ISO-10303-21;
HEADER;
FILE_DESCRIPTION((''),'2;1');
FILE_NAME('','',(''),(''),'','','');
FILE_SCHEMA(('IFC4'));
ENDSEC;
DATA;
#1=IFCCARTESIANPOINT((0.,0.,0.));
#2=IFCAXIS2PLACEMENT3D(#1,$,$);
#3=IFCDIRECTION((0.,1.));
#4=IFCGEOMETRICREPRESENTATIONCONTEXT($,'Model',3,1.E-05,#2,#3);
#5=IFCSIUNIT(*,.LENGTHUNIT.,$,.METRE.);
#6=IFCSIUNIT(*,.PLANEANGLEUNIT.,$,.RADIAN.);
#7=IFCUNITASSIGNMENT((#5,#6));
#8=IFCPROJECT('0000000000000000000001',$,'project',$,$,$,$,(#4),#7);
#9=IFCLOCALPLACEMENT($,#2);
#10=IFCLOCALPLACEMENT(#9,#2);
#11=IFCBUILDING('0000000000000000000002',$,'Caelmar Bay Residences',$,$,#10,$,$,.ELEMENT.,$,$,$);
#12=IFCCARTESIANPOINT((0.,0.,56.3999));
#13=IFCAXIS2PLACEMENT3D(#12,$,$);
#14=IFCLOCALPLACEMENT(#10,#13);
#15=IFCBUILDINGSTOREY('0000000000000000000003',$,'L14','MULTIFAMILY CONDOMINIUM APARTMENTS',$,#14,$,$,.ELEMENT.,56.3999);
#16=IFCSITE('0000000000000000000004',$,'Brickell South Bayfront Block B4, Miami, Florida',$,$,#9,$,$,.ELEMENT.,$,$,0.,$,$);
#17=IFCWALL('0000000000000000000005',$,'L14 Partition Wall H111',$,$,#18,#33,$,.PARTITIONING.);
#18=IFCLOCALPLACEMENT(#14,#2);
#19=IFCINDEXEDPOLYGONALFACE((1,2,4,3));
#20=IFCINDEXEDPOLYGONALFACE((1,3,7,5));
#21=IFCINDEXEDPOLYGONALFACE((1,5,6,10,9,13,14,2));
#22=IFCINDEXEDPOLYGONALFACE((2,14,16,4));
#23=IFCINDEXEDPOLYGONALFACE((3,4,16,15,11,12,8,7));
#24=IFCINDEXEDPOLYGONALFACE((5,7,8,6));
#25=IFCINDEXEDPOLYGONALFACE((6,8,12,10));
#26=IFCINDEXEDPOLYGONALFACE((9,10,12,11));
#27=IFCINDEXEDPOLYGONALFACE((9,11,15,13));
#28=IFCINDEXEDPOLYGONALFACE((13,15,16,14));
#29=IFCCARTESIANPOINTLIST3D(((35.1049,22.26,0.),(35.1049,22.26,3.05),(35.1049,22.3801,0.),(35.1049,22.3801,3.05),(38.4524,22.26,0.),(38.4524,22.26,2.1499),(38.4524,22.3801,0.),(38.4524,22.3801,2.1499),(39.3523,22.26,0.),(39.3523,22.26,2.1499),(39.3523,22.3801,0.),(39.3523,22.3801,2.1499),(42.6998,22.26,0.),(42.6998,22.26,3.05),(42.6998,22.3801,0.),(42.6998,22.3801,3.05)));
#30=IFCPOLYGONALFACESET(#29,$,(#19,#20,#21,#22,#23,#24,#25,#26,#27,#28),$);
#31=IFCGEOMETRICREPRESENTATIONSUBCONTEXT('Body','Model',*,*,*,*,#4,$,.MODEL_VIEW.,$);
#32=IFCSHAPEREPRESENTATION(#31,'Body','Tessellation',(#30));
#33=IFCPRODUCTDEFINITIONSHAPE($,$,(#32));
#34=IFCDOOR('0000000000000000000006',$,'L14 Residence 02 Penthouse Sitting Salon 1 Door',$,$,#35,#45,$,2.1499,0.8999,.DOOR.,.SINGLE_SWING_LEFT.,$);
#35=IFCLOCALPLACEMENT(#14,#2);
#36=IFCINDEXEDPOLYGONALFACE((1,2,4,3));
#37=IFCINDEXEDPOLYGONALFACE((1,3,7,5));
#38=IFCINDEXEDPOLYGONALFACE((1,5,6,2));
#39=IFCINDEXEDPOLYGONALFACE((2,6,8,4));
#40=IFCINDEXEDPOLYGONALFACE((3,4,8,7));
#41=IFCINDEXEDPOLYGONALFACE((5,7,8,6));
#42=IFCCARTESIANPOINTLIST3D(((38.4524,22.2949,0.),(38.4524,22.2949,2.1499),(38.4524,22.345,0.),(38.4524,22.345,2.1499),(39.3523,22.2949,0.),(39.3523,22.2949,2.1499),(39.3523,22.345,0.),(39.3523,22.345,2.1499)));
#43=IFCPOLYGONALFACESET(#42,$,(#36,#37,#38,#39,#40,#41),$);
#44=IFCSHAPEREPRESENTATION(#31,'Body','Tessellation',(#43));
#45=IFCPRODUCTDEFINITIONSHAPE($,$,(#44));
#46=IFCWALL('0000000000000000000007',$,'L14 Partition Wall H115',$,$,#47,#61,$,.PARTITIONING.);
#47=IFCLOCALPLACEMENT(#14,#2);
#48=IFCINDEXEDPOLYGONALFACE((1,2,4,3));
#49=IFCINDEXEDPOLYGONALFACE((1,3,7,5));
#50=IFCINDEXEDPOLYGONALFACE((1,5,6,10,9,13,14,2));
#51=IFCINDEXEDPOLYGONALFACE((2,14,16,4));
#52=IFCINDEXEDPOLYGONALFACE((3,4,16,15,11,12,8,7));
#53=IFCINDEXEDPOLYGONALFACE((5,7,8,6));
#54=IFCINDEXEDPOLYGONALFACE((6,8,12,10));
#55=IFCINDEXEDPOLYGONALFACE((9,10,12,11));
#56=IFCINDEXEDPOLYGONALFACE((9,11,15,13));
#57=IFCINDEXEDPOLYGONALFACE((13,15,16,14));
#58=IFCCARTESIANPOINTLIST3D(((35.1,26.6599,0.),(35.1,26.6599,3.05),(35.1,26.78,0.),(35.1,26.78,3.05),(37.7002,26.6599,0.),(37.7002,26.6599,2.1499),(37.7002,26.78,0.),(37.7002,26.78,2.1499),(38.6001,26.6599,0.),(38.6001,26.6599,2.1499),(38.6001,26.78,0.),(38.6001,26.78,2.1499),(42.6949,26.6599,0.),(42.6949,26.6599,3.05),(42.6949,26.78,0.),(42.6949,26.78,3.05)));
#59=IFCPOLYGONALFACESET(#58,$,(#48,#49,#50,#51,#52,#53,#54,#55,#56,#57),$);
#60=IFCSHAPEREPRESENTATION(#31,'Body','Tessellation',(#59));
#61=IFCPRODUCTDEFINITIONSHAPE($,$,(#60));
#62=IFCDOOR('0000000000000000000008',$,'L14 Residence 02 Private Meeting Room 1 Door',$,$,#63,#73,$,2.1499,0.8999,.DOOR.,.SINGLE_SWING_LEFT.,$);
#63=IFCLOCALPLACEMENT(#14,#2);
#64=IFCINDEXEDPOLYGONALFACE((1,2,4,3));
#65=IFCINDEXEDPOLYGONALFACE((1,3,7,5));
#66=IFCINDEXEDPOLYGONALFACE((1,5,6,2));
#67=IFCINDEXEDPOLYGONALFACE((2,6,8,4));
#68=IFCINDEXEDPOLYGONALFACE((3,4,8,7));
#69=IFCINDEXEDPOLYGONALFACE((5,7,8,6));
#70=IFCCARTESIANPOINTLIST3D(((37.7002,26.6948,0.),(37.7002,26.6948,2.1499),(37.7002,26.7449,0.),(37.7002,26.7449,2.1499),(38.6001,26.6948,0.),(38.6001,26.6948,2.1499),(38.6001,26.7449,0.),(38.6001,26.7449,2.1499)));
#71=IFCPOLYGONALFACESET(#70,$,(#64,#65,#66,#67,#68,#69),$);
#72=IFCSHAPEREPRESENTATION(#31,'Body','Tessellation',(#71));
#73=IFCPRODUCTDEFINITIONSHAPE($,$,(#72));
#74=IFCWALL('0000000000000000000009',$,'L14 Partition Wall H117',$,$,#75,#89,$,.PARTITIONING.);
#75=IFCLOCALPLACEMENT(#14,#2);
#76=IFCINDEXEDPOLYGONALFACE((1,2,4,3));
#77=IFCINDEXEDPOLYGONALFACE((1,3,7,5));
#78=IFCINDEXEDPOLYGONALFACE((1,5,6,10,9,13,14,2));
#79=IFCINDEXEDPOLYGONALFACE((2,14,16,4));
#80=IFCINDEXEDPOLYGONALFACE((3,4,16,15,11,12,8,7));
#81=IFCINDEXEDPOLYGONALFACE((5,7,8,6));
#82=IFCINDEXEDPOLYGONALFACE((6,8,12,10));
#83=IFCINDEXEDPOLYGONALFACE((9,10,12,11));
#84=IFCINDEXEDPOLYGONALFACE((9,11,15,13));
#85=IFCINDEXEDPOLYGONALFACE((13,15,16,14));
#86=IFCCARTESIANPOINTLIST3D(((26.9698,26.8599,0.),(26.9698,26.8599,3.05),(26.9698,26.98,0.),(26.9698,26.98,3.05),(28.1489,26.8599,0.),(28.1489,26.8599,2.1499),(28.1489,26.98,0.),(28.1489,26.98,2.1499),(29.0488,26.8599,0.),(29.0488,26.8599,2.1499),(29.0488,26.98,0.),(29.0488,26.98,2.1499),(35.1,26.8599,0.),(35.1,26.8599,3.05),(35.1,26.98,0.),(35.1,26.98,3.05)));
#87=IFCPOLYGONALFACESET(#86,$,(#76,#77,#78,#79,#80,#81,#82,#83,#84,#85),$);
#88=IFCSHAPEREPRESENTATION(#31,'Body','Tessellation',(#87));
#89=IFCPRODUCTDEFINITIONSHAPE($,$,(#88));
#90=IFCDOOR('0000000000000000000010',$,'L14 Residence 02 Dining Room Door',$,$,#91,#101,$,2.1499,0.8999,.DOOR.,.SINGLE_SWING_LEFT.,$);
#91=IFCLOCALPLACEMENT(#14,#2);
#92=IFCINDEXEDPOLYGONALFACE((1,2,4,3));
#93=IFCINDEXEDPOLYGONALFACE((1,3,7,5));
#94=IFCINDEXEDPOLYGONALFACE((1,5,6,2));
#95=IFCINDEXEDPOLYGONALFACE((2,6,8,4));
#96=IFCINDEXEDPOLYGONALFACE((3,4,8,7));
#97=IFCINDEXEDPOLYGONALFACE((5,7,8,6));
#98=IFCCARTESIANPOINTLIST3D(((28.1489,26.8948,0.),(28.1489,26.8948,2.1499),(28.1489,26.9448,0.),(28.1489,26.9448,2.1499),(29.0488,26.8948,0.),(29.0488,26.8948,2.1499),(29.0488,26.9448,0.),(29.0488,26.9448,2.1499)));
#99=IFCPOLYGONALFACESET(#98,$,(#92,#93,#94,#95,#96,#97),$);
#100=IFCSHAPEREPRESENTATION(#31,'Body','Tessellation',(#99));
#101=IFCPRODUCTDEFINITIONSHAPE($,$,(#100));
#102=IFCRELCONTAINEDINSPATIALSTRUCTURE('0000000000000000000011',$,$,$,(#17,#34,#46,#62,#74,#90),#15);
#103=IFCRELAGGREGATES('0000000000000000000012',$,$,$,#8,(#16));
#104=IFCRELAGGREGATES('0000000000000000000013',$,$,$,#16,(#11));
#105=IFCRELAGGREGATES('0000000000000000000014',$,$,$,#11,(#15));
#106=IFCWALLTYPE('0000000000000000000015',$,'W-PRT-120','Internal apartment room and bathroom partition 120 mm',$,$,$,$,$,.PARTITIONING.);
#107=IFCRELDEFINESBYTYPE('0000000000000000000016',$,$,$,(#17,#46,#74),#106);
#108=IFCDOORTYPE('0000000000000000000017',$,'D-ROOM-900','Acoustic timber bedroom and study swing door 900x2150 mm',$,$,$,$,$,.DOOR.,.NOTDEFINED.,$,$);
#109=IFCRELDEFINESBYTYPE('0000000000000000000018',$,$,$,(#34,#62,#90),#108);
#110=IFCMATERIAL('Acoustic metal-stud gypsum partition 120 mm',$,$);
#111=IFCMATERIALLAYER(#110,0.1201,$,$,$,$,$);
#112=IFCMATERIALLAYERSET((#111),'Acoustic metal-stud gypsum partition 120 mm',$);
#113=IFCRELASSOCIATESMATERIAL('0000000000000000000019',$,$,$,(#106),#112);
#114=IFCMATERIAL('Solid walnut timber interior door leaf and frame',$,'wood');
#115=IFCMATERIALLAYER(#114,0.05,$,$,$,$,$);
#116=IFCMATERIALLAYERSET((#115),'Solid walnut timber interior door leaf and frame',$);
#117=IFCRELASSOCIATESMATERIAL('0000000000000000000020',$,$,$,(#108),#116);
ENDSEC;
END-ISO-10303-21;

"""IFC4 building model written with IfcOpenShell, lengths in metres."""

from ifc_helpers import new_model, si_unit, direction, frame, frame_2d, origin, place, context, subcontext, project, spatial, rectangle, extrude, material, layer, layer_set, type_object, element, fill, save


model = new_model("IFC4")

# Units and contexts
model_context = context("Model", 3, precision=1e-05, world=origin(), true_north=direction((0.0, 1.0)))
body_context = subcontext(model_context, "Body", "Model", "MODEL_VIEW")
ifc_project = project(units=[si_unit("LENGTHUNIT", "METRE"), si_unit("PLANEANGLEUNIT", "RADIAN")], contexts=[model_context])

# Site, building, storey
site_placement = place(None, origin())
site = spatial("IfcSite", under=ifc_project, at=site_placement, Name="Brickell South Bayfront Block B4, Miami, Florida", CompositionType="ELEMENT", RefElevation=0.0)
building_placement = place(site_placement, origin())
building = spatial("IfcBuilding", under=site, at=building_placement, Name="Caelmar Bay Residences", CompositionType="ELEMENT")
storey_placement = place(building_placement, frame((0.0, 0.0, 56.3999)))
storey = spatial("IfcBuildingStorey", under=building, at=storey_placement, Name="L14", Description="MULTIFAMILY CONDOMINIUM APARTMENTS", CompositionType="ELEMENT", Elevation=56.3999)

# Shared definitions
ifc_material_1 = material(Name="Acoustic metal-stud gypsum partition 120 mm")
ifc_layer_1 = layer(ifc_material_1, 0.1201)
ifc_layer_set_1 = layer_set([ifc_layer_1], Name="Acoustic metal-stud gypsum partition 120 mm")
wall_type = type_object("IfcWallType", Name="W-PRT-120", Description="Internal apartment room and bathroom partition 120 mm", PredefinedType="PARTITIONING", material=ifc_layer_set_1)
ifc_material_2 = material(Name="Solid walnut timber interior door leaf and frame", Category="wood")
ifc_layer_2 = layer(ifc_material_2, 0.05)
ifc_layer_set_2 = layer_set([ifc_layer_2], Name="Solid walnut timber interior door leaf and frame")
door_type_1 = type_object("IfcDoorType", Name="D-ROOM-900", Description="Acoustic timber bedroom and study swing door 900x2150 mm", OperationType="NOTDEFINED", PredefinedType="DOOR", material=ifc_layer_set_2)

# Walls, openings, doors
wall_1_placement = place(storey_placement, frame((35.105, 22.3201, 0.0), z_axis=(0.0, 0.0, 1.0), x_axis=(1.0, 0.0, 0.0)))
wall_1 = element("IfcWall", 1, at=wall_1_placement, inside=storey, type_object=wall_type, Name="L14 Partition Wall H111", PredefinedType="PARTITIONING", context=body_context, shape_type="SweptSolid", body=[
    extrude(rectangle(XDim=7.595, YDim=0.1201, at=frame_2d((3.7974, 0.0))), origin(), (0.0, 0.0, 1.0), 3.05),
])
opening_1_placement = place(wall_1_placement, frame((3.3474, 0.0, 0.0)))
opening_1 = element("IfcOpeningElement", 2, at=opening_1_placement, cuts=wall_1, PredefinedType="OPENING", context=body_context, shape_type="SweptSolid", body=[
    extrude(rectangle(XDim=0.8999, YDim=2.1499, at=frame_2d((0.45, 1.075))), frame((0.0, 0.0701, 0.0), z_axis=(0.0, -1.0, 0.0), x_axis=(1.0, 0.0, 0.0)), (0.0, 0.0, 1.0), 0.1401),
])
door_1_placement = place(opening_1_placement, origin())
door_1 = element("IfcDoor", 3, at=door_1_placement, inside=storey, type_object=door_type_1, Name="L14 Residence 02 Penthouse Sitting Salon 1 Door", OperationType="SINGLE_SWING_LEFT", OverallHeight=2.1499, OverallWidth=0.8999, PredefinedType="DOOR", context=body_context, shape_type="SweptSolid", body=[
    extrude(rectangle(XDim=0.8999, YDim=2.1499, at=frame_2d((0.45, 1.075))), frame((0.0, 0.0249, 0.0), z_axis=(0.0, -1.0, 0.0), x_axis=(1.0, 0.0, 0.0)), (0.0, 0.0, 1.0), 0.05),
])
fill(opening_1, door_1)
wall_2_placement = place(storey_placement, frame((35.1001, 26.72, 0.0), z_axis=(0.0, 0.0, 1.0), x_axis=(1.0, 0.0, 0.0)))
wall_2 = element("IfcWall", 4, at=wall_2_placement, inside=storey, type_object=wall_type, Name="L14 Partition Wall H115", PredefinedType="PARTITIONING", context=body_context, shape_type="SweptSolid", body=[
    extrude(rectangle(XDim=7.595, YDim=0.1201, at=frame_2d((3.7974, 0.0))), origin(), (0.0, 0.0, 1.0), 3.05),
])
opening_2_placement = place(wall_2_placement, frame((2.6001, 0.0, 0.0)))
opening_2 = element("IfcOpeningElement", 5, at=opening_2_placement, cuts=wall_2, PredefinedType="OPENING", context=body_context, shape_type="SweptSolid", body=[
    extrude(rectangle(XDim=0.8999, YDim=2.1499, at=frame_2d((0.45, 1.075))), frame((0.0, 0.0701, 0.0), z_axis=(0.0, -1.0, 0.0), x_axis=(1.0, 0.0, 0.0)), (0.0, 0.0, 1.0), 0.1401),
])
door_2_placement = place(opening_2_placement, origin())
door_2 = element("IfcDoor", 6, at=door_2_placement, inside=storey, type_object=door_type_1, Name="L14 Residence 02 Private Meeting Room 1 Door", OperationType="SINGLE_SWING_LEFT", OverallHeight=2.1499, OverallWidth=0.8999, PredefinedType="DOOR", context=body_context, shape_type="SweptSolid", body=[
    extrude(rectangle(XDim=0.8999, YDim=2.1499, at=frame_2d((0.45, 1.075))), frame((0.0, 0.0249, 0.0), z_axis=(0.0, -1.0, 0.0), x_axis=(1.0, 0.0, 0.0)), (0.0, 0.0, 1.0), 0.05),
])
fill(opening_2, door_2)
wall_3_placement = place(storey_placement, frame((26.97, 26.9199, 0.0), z_axis=(0.0, 0.0, 1.0), x_axis=(1.0, 0.0, 0.0)))
wall_3 = element("IfcWall", 7, at=wall_3_placement, inside=storey, type_object=wall_type, Name="L14 Partition Wall H117", PredefinedType="PARTITIONING", context=body_context, shape_type="SweptSolid", body=[
    extrude(rectangle(XDim=8.1301, YDim=0.1201, at=frame_2d((4.0649, 0.0))), origin(), (0.0, 0.0, 1.0), 3.05),
])
opening_3_placement = place(wall_3_placement, frame((1.179, 0.0, 0.0)))
opening_3 = element("IfcOpeningElement", 8, at=opening_3_placement, cuts=wall_3, PredefinedType="OPENING", context=body_context, shape_type="SweptSolid", body=[
    extrude(rectangle(XDim=0.8999, YDim=2.1499, at=frame_2d((0.45, 1.075))), frame((0.0, 0.0701, 0.0), z_axis=(0.0, -1.0, 0.0), x_axis=(1.0, 0.0, 0.0)), (0.0, 0.0, 1.0), 0.1401),
])
door_3_placement = place(opening_3_placement, origin())
door_3 = element("IfcDoor", 9, at=door_3_placement, inside=storey, type_object=door_type_1, Name="L14 Residence 02 Dining Room Door", OperationType="SINGLE_SWING_LEFT", OverallHeight=2.1499, OverallWidth=0.8999, PredefinedType="DOOR", context=body_context, shape_type="SweptSolid", body=[
    extrude(rectangle(XDim=0.8999, YDim=2.1499, at=frame_2d((0.45, 1.075))), frame((0.0, 0.0249, 0.0), z_axis=(0.0, -1.0, 0.0), x_axis=(1.0, 0.0, 0.0)), (0.0, 0.0, 1.0), 0.05),
])
fill(opening_3, door_3)

save(model, "model.ifc")
